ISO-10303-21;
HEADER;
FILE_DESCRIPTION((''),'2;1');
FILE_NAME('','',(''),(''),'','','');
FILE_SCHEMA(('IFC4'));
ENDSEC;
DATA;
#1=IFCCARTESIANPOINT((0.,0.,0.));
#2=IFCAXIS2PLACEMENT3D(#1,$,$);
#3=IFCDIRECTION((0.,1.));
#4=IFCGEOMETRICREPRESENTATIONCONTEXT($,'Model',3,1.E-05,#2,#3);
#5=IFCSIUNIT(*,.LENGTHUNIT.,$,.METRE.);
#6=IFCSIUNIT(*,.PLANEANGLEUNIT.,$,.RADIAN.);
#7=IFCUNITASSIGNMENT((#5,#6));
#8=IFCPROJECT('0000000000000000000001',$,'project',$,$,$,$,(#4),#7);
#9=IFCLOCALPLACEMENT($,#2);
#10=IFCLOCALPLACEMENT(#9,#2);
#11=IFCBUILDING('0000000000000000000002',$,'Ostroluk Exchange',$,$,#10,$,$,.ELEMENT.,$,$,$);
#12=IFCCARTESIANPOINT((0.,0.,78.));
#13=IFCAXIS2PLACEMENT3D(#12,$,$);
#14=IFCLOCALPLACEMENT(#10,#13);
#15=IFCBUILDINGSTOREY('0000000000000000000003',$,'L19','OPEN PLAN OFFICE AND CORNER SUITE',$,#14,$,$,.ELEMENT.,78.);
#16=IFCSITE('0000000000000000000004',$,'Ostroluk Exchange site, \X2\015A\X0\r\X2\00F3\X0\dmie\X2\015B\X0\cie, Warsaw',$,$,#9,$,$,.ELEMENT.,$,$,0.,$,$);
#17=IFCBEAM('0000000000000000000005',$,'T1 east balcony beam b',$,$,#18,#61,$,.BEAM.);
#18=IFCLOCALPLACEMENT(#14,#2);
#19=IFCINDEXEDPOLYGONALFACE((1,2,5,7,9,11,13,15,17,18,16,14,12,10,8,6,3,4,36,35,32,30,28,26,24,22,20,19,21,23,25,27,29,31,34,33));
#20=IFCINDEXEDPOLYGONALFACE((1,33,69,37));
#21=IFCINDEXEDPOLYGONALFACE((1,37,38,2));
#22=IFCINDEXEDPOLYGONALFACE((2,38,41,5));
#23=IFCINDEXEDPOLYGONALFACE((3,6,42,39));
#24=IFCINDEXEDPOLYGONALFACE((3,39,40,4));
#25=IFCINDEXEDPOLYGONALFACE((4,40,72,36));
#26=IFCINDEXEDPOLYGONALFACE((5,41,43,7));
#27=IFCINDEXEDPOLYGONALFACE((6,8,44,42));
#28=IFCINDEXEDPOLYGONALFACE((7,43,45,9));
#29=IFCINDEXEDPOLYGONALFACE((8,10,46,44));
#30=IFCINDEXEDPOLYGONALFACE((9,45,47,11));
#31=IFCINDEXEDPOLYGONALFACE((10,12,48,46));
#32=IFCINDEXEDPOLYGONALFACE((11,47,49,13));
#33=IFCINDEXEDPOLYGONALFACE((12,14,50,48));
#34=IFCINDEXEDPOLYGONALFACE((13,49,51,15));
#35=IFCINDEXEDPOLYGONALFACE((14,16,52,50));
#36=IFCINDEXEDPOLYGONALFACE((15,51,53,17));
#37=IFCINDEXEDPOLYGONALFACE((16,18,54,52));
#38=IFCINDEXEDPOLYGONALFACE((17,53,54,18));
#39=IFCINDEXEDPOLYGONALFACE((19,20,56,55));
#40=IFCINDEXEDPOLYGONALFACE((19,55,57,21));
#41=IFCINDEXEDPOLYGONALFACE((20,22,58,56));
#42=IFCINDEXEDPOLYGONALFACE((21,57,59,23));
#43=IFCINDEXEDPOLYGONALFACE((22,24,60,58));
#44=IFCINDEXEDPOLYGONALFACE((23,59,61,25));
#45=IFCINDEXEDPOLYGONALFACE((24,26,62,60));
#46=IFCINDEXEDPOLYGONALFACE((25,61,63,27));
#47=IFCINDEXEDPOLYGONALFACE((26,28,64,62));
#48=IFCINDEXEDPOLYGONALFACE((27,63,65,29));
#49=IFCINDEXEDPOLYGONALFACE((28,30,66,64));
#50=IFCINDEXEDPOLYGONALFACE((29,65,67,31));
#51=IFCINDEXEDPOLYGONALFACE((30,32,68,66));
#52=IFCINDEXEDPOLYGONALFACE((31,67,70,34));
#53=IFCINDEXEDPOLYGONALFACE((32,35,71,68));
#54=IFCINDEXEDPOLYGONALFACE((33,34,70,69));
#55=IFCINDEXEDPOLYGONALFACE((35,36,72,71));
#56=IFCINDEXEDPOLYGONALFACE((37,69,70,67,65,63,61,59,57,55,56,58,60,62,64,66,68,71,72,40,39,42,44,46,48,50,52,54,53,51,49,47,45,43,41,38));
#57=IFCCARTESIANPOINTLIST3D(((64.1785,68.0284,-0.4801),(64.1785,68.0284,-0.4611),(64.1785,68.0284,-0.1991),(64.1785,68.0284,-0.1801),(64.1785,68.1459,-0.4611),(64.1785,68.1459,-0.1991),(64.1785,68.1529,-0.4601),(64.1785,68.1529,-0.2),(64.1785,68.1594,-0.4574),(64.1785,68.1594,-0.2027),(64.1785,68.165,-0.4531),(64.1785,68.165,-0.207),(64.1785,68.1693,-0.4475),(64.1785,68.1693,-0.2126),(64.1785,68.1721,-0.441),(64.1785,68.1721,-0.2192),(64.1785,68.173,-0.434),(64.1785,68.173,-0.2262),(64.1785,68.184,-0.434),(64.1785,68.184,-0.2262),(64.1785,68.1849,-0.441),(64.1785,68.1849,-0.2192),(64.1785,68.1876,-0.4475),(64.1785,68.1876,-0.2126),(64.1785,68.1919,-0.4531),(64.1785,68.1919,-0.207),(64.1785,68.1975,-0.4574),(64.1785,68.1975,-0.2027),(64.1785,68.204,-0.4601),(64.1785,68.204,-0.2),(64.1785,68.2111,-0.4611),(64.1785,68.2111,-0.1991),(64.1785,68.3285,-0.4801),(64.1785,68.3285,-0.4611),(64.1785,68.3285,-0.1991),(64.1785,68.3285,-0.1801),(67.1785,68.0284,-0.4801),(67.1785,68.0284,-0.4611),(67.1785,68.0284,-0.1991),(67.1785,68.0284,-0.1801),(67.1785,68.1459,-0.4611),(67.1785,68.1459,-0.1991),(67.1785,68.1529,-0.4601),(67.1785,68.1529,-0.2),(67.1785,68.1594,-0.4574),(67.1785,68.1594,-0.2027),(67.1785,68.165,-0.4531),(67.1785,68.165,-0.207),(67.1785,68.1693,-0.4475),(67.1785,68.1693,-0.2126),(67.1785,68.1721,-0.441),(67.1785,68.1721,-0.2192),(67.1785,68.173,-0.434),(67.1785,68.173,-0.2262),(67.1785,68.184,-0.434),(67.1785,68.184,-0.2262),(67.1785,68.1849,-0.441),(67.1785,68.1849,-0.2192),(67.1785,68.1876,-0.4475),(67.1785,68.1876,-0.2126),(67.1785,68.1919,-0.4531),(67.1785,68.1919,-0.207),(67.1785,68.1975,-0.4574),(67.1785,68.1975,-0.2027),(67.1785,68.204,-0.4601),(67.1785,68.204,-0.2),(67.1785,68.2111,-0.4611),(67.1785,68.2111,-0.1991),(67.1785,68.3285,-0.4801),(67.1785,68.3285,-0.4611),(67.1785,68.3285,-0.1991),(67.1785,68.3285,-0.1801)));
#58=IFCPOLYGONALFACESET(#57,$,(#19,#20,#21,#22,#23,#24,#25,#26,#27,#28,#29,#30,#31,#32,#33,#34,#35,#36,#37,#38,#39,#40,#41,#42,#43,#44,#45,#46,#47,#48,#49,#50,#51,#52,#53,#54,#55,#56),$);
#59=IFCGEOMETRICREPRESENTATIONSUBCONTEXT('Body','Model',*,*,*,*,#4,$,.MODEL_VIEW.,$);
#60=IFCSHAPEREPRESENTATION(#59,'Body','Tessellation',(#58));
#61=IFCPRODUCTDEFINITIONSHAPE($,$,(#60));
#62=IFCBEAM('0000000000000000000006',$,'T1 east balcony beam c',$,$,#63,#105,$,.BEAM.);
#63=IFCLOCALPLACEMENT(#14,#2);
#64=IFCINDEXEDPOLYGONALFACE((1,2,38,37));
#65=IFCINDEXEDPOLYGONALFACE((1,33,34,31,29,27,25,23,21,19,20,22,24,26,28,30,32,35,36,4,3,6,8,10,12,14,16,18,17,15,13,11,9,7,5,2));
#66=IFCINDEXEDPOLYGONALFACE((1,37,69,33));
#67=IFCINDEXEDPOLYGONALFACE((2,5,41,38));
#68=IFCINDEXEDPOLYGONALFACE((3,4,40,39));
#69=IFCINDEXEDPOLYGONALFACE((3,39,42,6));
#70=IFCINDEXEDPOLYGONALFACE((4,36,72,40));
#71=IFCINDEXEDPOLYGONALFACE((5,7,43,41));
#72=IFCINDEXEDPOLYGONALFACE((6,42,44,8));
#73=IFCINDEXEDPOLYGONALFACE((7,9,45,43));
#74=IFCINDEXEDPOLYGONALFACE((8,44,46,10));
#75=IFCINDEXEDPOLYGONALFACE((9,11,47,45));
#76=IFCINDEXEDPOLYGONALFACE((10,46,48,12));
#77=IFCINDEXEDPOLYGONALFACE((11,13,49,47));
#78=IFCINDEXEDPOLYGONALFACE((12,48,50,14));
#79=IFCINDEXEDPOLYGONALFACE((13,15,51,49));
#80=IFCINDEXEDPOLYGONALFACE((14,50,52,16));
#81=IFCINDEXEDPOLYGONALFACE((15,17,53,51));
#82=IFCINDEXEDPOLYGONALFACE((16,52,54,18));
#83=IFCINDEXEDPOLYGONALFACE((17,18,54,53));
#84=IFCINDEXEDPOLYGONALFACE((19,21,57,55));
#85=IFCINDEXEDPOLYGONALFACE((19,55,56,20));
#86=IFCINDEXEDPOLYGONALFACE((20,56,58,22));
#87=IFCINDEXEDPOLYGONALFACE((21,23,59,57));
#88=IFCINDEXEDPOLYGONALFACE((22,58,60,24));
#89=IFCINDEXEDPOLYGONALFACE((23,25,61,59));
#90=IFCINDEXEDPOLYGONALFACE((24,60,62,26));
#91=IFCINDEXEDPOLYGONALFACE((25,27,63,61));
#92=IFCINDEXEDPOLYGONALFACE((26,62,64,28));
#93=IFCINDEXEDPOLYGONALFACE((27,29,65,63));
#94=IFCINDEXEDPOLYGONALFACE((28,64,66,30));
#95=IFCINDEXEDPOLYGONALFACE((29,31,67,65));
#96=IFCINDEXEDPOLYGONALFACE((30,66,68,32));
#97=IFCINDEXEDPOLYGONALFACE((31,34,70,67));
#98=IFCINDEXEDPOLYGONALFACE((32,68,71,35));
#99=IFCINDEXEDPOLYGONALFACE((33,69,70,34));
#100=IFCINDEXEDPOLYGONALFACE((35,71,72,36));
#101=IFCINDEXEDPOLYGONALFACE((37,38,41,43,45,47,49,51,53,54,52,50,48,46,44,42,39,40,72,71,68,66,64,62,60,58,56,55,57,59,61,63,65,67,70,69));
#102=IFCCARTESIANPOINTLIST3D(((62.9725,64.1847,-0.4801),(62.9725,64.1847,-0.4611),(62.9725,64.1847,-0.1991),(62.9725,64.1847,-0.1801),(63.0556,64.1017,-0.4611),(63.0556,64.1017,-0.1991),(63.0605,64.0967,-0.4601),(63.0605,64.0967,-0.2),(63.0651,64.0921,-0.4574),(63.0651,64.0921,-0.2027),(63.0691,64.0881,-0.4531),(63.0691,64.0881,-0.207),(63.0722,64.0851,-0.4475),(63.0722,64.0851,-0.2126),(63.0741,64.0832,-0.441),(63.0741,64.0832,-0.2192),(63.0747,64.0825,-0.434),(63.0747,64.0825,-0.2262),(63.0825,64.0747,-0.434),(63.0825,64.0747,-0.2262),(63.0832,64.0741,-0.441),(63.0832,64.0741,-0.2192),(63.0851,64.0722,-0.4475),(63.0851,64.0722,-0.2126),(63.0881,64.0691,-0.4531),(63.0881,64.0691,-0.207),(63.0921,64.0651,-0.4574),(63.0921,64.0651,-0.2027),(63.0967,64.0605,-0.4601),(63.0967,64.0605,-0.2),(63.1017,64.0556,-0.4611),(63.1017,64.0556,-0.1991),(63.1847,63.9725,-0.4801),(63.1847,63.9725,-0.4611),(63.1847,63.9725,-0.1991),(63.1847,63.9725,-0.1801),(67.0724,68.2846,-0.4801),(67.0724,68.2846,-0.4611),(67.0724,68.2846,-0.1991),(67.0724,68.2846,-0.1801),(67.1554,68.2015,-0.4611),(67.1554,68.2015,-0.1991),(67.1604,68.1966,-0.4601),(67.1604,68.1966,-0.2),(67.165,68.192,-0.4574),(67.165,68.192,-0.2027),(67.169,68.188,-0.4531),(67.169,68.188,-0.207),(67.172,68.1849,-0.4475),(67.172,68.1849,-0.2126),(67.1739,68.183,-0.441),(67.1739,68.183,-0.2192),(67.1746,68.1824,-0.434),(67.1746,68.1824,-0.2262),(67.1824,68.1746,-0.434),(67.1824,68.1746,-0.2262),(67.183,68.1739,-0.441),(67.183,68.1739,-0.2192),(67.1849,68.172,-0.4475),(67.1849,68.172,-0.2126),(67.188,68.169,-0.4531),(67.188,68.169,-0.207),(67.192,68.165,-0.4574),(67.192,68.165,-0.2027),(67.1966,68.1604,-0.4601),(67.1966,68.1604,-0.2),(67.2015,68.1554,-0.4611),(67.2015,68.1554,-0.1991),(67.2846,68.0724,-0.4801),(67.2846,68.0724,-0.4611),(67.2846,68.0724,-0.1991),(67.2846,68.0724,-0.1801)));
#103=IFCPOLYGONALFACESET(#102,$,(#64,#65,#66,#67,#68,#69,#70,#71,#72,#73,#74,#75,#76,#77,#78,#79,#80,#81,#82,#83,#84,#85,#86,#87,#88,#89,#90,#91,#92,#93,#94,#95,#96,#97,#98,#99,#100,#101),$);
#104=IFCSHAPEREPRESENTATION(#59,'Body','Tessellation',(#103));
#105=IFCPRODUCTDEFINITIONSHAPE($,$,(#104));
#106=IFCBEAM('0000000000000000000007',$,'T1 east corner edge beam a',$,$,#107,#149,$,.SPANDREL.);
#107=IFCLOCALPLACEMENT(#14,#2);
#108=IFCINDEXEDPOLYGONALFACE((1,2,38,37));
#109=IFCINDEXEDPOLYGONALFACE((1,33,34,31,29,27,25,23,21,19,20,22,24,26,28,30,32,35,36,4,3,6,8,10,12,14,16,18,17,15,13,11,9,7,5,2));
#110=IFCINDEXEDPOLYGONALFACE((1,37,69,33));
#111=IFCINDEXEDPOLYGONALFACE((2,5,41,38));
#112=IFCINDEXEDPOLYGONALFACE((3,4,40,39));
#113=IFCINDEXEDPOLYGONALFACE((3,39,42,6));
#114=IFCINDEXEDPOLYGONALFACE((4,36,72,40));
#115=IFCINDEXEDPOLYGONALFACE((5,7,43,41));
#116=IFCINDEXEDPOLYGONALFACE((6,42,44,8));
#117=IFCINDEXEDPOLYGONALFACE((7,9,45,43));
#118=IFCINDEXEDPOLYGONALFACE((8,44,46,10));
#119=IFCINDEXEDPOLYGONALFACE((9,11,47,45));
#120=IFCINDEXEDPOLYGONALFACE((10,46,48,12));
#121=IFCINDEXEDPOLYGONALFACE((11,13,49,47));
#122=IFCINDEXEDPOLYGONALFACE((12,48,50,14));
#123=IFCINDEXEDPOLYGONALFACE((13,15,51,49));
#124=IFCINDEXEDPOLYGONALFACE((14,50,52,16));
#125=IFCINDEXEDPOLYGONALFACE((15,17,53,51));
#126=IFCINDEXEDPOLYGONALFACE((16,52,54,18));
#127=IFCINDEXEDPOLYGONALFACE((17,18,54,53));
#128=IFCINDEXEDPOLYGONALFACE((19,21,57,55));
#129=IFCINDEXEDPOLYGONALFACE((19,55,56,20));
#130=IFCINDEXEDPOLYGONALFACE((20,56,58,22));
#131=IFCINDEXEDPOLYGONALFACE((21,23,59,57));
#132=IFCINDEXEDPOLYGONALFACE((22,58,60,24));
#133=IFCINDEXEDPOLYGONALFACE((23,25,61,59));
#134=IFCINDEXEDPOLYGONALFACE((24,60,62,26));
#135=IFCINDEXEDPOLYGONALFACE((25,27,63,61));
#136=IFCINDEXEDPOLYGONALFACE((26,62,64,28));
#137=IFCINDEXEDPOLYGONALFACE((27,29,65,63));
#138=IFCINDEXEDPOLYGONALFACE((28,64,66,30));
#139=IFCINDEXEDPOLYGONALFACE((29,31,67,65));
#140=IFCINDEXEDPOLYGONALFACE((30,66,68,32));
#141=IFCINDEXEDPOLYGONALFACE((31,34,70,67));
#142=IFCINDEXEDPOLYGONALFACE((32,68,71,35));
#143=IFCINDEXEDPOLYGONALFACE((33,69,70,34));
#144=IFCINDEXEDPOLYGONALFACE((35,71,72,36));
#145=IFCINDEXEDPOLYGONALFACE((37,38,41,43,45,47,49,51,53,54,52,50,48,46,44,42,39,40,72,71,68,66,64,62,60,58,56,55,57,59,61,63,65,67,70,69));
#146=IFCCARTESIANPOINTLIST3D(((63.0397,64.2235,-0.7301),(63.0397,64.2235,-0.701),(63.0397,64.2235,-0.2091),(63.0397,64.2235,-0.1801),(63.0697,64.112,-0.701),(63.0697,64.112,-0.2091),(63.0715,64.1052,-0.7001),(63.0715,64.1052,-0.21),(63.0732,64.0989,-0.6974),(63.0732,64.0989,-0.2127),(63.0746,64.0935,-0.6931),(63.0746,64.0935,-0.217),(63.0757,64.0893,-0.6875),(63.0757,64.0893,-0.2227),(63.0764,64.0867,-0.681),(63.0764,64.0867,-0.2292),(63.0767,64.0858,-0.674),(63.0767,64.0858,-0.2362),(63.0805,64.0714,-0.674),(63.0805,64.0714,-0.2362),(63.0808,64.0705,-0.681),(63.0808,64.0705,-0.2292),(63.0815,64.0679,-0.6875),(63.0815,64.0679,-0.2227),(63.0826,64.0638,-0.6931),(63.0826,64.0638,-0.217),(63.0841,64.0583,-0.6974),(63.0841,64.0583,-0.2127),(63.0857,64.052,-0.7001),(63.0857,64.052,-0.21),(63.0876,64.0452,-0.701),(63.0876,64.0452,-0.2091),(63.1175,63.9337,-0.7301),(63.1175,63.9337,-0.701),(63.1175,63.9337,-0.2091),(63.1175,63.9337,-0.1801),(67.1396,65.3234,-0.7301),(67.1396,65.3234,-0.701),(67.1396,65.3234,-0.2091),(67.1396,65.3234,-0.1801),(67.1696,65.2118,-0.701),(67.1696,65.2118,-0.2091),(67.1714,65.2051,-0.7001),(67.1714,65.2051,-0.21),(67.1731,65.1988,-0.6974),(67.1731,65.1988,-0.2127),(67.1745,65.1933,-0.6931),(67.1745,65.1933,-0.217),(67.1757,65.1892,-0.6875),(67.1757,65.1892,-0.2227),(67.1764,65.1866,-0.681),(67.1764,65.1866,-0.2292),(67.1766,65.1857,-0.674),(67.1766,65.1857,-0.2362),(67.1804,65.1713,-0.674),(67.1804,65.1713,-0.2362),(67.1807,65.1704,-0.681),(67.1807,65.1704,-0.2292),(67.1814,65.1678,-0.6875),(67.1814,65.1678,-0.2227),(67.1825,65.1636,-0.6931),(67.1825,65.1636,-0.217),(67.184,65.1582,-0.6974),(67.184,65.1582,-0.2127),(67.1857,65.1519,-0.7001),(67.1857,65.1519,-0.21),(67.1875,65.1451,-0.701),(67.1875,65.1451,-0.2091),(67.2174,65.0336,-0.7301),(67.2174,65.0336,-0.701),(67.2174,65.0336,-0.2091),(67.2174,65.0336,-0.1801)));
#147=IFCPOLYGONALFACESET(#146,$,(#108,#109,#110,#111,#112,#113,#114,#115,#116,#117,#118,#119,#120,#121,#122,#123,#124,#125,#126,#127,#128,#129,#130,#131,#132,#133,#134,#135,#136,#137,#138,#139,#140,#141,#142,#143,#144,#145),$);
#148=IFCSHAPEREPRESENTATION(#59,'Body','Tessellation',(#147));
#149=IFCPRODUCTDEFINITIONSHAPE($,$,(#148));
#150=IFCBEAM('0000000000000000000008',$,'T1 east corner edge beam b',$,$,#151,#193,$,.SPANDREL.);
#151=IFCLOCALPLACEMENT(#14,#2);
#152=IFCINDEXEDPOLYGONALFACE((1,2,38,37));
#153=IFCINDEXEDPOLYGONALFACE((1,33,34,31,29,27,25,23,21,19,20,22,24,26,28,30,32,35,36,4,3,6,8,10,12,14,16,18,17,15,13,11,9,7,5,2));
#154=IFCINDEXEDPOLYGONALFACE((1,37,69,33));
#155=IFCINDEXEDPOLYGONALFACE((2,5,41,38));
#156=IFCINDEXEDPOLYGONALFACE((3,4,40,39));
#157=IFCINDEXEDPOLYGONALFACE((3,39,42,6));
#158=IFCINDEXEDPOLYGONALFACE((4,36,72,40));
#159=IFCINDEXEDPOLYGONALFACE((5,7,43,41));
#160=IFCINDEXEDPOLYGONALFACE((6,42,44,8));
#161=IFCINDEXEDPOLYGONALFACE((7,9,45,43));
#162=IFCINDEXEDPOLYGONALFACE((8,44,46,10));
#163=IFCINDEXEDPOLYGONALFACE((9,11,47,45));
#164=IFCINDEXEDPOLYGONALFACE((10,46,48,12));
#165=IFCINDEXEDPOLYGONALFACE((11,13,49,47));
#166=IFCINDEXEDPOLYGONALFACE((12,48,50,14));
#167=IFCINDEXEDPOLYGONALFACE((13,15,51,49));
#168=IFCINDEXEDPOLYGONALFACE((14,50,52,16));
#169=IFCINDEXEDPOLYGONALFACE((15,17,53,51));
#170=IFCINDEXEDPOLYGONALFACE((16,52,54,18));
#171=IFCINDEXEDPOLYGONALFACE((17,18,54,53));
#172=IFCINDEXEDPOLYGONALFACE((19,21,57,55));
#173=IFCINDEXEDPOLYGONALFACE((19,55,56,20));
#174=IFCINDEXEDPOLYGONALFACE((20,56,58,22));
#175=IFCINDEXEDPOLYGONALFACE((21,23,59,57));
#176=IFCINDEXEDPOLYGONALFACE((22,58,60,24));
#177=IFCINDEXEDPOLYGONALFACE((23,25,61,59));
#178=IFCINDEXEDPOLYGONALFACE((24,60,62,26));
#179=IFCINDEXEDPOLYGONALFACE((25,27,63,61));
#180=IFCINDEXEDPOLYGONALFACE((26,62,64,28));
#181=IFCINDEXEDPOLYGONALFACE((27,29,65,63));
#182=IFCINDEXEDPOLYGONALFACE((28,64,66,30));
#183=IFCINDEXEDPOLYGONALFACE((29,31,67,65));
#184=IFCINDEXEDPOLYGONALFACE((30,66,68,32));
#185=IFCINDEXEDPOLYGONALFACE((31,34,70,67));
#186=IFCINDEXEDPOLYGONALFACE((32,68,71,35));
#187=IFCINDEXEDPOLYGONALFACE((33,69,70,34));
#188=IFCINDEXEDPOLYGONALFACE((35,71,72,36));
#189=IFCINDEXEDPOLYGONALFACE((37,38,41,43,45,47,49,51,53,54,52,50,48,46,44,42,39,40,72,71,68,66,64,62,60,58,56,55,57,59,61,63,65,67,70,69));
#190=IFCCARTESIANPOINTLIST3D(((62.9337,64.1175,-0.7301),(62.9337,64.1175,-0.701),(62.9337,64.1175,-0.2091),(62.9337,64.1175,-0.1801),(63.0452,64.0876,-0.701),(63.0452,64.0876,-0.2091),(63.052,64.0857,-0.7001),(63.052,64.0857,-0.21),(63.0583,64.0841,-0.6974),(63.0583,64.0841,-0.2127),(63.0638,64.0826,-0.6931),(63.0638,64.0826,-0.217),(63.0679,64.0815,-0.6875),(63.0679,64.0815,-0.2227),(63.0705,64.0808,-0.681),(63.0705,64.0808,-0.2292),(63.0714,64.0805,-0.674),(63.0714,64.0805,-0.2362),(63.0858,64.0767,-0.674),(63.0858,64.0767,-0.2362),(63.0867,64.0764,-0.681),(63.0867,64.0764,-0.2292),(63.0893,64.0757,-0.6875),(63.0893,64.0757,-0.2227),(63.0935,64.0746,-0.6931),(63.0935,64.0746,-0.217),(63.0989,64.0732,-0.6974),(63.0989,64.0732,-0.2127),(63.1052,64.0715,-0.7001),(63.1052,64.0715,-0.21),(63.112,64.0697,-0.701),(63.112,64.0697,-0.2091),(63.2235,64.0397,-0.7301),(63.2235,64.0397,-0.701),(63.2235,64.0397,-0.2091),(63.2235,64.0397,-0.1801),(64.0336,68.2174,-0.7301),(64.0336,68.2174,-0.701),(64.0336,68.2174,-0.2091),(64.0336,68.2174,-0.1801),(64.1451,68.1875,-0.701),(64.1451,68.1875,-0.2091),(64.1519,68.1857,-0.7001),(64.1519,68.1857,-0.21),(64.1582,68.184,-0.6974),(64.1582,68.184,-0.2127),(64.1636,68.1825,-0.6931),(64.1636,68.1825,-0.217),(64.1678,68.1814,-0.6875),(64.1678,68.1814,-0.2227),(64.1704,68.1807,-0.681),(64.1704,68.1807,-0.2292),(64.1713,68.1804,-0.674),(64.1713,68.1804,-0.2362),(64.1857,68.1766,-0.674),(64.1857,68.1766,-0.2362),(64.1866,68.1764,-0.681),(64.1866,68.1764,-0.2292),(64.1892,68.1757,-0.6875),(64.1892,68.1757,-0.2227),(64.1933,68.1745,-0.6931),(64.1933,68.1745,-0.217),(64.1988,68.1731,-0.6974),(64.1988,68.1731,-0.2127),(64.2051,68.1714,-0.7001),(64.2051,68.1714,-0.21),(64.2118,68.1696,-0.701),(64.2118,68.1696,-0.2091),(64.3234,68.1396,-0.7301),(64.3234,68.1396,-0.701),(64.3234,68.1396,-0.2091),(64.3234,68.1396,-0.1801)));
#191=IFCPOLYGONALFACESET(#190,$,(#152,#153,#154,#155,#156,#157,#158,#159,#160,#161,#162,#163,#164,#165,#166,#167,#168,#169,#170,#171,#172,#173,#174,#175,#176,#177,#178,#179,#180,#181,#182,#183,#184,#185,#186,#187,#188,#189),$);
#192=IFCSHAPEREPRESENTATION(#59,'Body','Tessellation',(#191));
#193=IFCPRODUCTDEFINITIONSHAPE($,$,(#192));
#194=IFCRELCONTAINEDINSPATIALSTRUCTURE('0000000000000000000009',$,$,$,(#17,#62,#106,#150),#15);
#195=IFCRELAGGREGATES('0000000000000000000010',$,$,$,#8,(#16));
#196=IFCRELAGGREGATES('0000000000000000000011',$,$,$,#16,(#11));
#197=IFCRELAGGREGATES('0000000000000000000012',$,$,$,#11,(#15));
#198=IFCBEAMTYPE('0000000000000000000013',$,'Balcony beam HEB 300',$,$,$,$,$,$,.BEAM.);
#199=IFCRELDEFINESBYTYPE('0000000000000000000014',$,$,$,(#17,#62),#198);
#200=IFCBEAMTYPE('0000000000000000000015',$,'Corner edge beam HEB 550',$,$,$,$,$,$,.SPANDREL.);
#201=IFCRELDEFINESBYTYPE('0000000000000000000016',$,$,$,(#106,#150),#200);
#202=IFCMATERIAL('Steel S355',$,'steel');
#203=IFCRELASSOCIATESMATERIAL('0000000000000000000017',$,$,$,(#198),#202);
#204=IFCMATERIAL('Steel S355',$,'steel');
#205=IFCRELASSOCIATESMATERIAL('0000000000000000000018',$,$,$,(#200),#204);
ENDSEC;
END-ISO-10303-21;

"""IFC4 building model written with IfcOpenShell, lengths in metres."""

from ifc_helpers import new_model, si_unit, direction, frame, origin, origin_2d, place, context, subcontext, project, spatial, i_section, extrude, material, material_profile, profile_set, type_object, element, save


model = new_model("IFC4")

# Units and contexts
model_context = context("Model", 3, precision=1e-05, world=origin(), true_north=direction((0.0, 1.0)))
body_context = subcontext(model_context, "Body", "Model", "MODEL_VIEW")
ifc_project = project(units=[si_unit("LENGTHUNIT", "METRE"), si_unit("PLANEANGLEUNIT", "RADIAN")], contexts=[model_context])

# Site, building, storey
site_placement = place(None, origin())
site = spatial("IfcSite", under=ifc_project, at=site_placement, Name="Ostroluk Exchange site, Śródmieście, Warsaw", CompositionType="ELEMENT", RefElevation=0.0)
building_placement = place(site_placement, origin())
building = spatial("IfcBuilding", under=site, at=building_placement, Name="Ostroluk Exchange", CompositionType="ELEMENT")
storey_placement = place(building_placement, frame((0.0, 0.0, 78.0)))
storey = spatial("IfcBuildingStorey", under=building, at=storey_placement, Name="L19", Description="OPEN PLAN OFFICE AND CORNER SUITE", CompositionType="ELEMENT", Elevation=78.0)

# Beams
ifc_material_1 = material(Name="Steel S355", Category="steel")
ifc_material_profile_1 = material_profile(ifc_material_1, i_section(OverallWidth=0.3, OverallDepth=0.3, WebThickness=0.011, FlangeThickness=0.019, FilletRadius=0.0271, at=origin_2d()), Name="HEB 300")
ifc_profile_set_1 = profile_set([ifc_material_profile_1], Name="Steel S355")
beam_type_1 = type_object("IfcBeamType", Name="Balcony beam HEB 300", PredefinedType="BEAM", material=ifc_profile_set_1)
beam_1_placement = place(storey_placement, frame((64.1785, 68.1785, -0.3301), z_axis=(1.0, 0.0, 0.0), x_axis=(0.0, 1.0, 0.0)))
element("IfcBeam", 1, at=beam_1_placement, inside=storey, type_object=beam_type_1, Name="T1 east balcony beam b", PredefinedType="BEAM", context=body_context, shape_type="SweptSolid", body=[
    extrude(i_section(OverallWidth=0.3, OverallDepth=0.3, WebThickness=0.011, FlangeThickness=0.019, FilletRadius=0.0271, at=origin_2d()), origin(), (0.0, 0.0, 1.0), 3.0),
])
beam_2_placement = place(storey_placement, frame((63.0786, 64.0786, -0.3301), z_axis=(0.707107, 0.707107, 0.0), x_axis=(-0.707107, 0.707107, 0.0)))
element("IfcBeam", 2, at=beam_2_placement, inside=storey, type_object=beam_type_1, Name="T1 east balcony beam c", PredefinedType="BEAM", context=body_context, shape_type="SweptSolid", body=[
    extrude(i_section(OverallWidth=0.3, OverallDepth=0.3, WebThickness=0.011, FlangeThickness=0.019, FilletRadius=0.0271, at=origin_2d()), origin(), (0.0, 0.0, 1.0), 5.7981),
])
ifc_material_2 = material(Name="Steel S355", Category="steel")
ifc_material_profile_2 = material_profile(ifc_material_2, i_section(OverallWidth=0.3, OverallDepth=0.55, WebThickness=0.0149, FlangeThickness=0.0291, FilletRadius=0.0271, at=origin_2d()), Name="HEB 550")
ifc_profile_set_2 = profile_set([ifc_material_profile_2], Name="Steel S355")
beam_type_2 = type_object("IfcBeamType", Name="Corner edge beam HEB 550", PredefinedType="SPANDREL", material=ifc_profile_set_2)
for number, where, z_axis, x_axis, name in (
    (3, (63.0786, 64.0786, -0.4551), (0.965849, 0.259105, 0.0), (-0.259105, 0.965849, 0.0), "T1 east corner edge beam a"),
    (4, (63.0786, 64.0786, -0.4551), (0.259105, 0.965849, 0.0), (-0.965849, 0.259105, 0.0), "T1 east corner edge beam b"),
):
    element("IfcBeam", number, at=place(storey_placement, frame(where, z_axis=z_axis, x_axis=x_axis)), inside=storey, type_object=beam_type_2, Name=name, PredefinedType="SPANDREL", context=body_context, shape_type="SweptSolid", body=[
        extrude(i_section(OverallWidth=0.3, OverallDepth=0.55, WebThickness=0.0149, FlangeThickness=0.0291, FilletRadius=0.0271, at=origin_2d()), origin(), (0.0, 0.0, 1.0), 4.2449),
    ])

save(model, "model.ifc")
